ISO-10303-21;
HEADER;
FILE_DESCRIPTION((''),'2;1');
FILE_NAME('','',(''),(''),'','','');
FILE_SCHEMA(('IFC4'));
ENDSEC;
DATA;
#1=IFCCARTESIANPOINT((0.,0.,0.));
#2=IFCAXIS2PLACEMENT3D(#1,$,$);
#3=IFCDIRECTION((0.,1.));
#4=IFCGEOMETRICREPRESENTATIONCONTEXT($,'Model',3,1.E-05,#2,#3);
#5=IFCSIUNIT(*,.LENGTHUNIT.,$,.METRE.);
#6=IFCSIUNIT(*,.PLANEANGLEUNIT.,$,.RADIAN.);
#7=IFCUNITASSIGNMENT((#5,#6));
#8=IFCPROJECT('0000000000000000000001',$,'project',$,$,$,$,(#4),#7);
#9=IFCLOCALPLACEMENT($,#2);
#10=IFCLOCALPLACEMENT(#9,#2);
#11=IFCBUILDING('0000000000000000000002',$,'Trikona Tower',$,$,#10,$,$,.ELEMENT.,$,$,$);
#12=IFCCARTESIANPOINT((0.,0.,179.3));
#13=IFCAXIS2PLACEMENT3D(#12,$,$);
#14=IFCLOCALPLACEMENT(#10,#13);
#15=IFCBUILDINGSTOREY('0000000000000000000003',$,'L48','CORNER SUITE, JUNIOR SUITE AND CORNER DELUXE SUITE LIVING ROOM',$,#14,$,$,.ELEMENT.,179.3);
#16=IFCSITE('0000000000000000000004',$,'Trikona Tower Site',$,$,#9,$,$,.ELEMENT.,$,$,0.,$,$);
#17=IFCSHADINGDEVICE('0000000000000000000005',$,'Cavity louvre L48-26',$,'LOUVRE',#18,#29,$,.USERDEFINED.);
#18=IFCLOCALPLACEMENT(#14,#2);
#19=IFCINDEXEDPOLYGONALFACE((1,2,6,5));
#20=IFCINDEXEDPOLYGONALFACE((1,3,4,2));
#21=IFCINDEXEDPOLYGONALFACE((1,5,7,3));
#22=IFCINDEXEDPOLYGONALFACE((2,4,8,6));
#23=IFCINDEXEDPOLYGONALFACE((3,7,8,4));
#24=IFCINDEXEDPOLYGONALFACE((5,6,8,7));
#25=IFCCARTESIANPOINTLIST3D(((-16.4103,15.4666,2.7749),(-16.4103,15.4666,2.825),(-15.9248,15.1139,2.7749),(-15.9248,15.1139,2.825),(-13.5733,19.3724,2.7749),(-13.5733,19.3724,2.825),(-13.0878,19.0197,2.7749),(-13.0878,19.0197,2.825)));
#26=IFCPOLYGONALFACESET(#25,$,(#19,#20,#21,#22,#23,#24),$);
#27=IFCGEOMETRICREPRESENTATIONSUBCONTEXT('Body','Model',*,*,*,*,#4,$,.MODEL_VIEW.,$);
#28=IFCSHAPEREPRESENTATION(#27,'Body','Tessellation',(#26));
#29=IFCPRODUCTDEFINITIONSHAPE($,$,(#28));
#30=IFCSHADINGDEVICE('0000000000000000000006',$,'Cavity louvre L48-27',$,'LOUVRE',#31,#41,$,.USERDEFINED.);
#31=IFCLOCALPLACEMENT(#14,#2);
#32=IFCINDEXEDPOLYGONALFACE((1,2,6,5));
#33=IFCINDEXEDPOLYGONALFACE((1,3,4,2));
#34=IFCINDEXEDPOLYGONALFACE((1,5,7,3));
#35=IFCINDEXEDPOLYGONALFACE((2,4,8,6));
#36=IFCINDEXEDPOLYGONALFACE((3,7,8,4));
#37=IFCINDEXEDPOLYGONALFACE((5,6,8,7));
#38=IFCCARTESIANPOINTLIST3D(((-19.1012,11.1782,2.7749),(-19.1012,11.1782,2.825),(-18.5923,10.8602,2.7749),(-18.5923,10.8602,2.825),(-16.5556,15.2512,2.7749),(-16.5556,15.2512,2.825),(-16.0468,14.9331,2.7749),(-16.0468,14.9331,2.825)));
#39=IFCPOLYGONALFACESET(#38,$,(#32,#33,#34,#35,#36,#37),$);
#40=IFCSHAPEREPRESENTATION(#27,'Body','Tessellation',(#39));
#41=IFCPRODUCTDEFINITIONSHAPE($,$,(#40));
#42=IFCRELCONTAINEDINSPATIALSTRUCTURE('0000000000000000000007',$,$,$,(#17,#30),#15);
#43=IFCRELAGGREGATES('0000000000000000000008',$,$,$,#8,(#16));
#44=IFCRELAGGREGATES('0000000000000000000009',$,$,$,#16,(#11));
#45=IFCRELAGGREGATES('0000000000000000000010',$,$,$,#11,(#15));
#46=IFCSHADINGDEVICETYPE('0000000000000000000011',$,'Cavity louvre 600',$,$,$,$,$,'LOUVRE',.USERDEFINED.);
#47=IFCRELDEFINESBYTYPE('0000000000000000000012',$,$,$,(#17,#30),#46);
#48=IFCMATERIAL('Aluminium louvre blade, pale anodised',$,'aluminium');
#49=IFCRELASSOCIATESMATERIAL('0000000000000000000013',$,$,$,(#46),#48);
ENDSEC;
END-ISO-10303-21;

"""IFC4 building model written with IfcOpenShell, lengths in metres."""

from ifc_helpers import new_model, si_unit, direction, frame, origin, origin_2d, place, context, subcontext, project, spatial, rectangle, extrude, material, type_object, element, save


model = new_model("IFC4")

# Units and contexts
model_context = context("Model", 3, precision=1e-05, world=origin(), true_north=direction((0.0, 1.0)))
body_context = subcontext(model_context, "Body", "Model", "MODEL_VIEW")
ifc_project = project(units=[si_unit("LENGTHUNIT", "METRE"), si_unit("PLANEANGLEUNIT", "RADIAN")], contexts=[model_context])

# Site, building, storey
site_placement = place(None, origin())
site = spatial("IfcSite", under=ifc_project, at=site_placement, Name="Trikona Tower Site", CompositionType="ELEMENT", RefElevation=0.0)
building_placement = place(site_placement, origin())
building = spatial("IfcBuilding", under=site, at=building_placement, Name="Trikona Tower", CompositionType="ELEMENT")
storey_placement = place(building_placement, frame((0.0, 0.0, 179.3)))
storey = spatial("IfcBuildingStorey", under=building, at=storey_placement, Name="L48", Description="CORNER SUITE, JUNIOR SUITE AND CORNER DELUXE SUITE LIVING ROOM", CompositionType="ELEMENT", Elevation=179.3)

# Shading devices
ifc_material_1 = material(Name="Aluminium louvre blade, pale anodised", Category="aluminium")
shading_device_type = type_object("IfcShadingDeviceType", Name="Cavity louvre 600", ElementType="LOUVRE", PredefinedType="USERDEFINED", material=ifc_material_1)
shading_device_1_placement = place(storey_placement, frame((-14.749, 17.2432, 2.7749), z_axis=(0.0, 0.0, 1.0), x_axis=(-0.587686, -0.809089, 0.0)))
element("IfcShadingDevice", 1, at=shading_device_1_placement, inside=storey, type_object=shading_device_type, Name="Cavity louvre L48-26", ObjectType="LOUVRE", PredefinedType="USERDEFINED", context=body_context, shape_type="SweptSolid", body=[
    extrude(rectangle(XDim=4.8274, YDim=0.6001, at=origin_2d()), origin(), (0.0, 0.0, 1.0), 0.05),
])
shading_device_2_placement = place(storey_placement, frame((-17.574, 13.0557, 2.7749), z_axis=(0.0, 0.0, 1.0), x_axis=(-0.529995, -0.848001, 0.0)))
element("IfcShadingDevice", 2, at=shading_device_2_placement, inside=storey, type_object=shading_device_type, Name="Cavity louvre L48-27", ObjectType="LOUVRE", PredefinedType="USERDEFINED", context=body_context, shape_type="SweptSolid", body=[
    extrude(rectangle(XDim=4.803, YDim=0.6001, at=origin_2d()), origin(), (0.0, 0.0, 1.0), 0.05),
])

save(model, "model.ifc")
